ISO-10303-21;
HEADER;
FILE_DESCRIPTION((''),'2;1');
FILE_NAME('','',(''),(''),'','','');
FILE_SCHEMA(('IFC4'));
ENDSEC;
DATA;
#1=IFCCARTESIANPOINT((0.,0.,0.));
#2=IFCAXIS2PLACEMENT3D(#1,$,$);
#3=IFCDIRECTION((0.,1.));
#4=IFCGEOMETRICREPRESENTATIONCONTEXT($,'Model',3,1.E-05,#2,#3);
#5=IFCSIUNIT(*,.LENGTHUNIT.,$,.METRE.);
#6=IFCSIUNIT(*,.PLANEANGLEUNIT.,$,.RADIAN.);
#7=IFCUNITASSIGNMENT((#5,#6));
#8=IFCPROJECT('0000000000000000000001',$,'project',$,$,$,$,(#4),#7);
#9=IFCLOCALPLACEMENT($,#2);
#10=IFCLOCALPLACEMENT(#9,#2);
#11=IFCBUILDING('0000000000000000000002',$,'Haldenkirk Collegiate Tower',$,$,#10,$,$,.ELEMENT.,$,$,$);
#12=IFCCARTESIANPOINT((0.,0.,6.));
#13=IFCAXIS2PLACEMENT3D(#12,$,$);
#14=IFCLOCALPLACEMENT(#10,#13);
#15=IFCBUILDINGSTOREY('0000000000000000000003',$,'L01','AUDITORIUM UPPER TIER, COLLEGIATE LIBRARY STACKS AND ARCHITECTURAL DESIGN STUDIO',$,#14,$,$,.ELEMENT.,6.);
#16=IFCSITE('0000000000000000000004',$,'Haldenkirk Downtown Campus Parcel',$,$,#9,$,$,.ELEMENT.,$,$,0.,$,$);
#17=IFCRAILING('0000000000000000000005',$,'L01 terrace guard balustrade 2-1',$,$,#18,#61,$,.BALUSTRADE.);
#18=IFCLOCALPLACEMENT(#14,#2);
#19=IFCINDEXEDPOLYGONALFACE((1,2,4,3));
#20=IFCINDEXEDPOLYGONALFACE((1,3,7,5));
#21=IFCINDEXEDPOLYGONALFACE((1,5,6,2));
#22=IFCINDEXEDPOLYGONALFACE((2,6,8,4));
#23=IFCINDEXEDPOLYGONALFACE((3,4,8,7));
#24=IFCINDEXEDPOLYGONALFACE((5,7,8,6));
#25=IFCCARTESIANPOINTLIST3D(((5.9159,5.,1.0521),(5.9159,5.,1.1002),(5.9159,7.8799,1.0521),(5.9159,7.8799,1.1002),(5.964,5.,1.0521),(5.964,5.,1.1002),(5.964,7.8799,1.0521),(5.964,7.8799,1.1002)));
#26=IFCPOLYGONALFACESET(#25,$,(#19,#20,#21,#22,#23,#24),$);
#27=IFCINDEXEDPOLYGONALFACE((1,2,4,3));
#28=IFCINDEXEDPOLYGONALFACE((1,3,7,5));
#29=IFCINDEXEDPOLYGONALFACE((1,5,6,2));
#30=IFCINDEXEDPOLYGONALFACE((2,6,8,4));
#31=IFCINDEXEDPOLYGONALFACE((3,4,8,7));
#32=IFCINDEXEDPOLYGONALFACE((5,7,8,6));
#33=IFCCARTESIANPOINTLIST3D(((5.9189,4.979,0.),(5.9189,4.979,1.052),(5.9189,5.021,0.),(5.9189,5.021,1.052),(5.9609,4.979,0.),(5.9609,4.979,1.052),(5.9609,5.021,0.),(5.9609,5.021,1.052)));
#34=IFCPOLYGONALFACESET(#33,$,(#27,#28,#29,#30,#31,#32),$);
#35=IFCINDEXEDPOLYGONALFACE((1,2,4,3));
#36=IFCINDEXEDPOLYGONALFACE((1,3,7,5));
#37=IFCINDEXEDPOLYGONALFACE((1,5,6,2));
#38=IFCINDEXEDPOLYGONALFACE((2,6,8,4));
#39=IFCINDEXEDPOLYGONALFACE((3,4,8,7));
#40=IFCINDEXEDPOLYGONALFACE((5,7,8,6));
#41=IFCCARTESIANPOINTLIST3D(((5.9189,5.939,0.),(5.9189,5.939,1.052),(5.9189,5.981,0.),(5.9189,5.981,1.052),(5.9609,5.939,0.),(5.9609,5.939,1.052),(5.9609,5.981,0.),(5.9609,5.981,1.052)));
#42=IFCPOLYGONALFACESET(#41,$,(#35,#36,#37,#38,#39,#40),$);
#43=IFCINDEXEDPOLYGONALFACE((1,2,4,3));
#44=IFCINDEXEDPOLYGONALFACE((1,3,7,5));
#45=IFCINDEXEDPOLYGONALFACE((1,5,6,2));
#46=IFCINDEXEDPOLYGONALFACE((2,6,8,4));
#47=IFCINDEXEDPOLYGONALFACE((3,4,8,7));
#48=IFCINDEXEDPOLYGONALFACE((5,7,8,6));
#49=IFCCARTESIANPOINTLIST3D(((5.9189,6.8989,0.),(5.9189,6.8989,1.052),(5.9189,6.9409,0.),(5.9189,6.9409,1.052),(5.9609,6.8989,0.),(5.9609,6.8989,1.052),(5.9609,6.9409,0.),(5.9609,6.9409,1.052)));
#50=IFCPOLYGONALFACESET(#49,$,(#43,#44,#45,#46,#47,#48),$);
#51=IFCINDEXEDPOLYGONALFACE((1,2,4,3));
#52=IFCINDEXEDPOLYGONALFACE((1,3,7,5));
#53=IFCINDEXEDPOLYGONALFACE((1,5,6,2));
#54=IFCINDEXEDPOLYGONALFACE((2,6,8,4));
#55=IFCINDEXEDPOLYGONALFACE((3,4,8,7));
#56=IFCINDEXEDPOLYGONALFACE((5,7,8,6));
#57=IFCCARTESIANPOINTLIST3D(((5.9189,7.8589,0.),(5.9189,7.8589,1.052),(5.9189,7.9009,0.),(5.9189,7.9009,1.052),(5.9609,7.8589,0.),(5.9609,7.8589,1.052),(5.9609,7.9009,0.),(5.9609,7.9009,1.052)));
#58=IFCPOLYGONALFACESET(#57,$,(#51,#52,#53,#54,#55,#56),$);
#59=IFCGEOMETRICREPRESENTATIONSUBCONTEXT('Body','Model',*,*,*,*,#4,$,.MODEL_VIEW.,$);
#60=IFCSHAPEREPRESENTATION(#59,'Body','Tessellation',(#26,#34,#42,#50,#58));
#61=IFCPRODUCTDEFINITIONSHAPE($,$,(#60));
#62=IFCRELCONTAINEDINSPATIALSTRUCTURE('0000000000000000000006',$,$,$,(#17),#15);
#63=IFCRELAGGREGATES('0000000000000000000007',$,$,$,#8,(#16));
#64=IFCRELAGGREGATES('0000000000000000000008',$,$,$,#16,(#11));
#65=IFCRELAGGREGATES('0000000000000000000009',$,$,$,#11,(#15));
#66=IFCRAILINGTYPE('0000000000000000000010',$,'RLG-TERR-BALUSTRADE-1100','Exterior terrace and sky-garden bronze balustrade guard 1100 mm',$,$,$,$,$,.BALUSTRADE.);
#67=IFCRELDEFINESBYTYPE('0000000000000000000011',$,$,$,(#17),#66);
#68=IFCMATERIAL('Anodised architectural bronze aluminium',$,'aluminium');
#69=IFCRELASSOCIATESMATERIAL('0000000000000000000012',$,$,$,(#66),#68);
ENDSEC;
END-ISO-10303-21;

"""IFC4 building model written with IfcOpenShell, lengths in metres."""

from ifc_helpers import new_model, si_unit, direction, frame, origin, origin_2d, place, context, subcontext, project, spatial, rectangle, extrude, material, type_object, element, save


model = new_model("IFC4")

# Units and contexts
model_context = context("Model", 3, precision=1e-05, world=origin(), true_north=direction((0.0, 1.0)))
body_context = subcontext(model_context, "Body", "Model", "MODEL_VIEW")
ifc_project = project(units=[si_unit("LENGTHUNIT", "METRE"), si_unit("PLANEANGLEUNIT", "RADIAN")], contexts=[model_context])

# Site, building, storey
site_placement = place(None, origin())
site = spatial("IfcSite", under=ifc_project, at=site_placement, Name="Haldenkirk Downtown Campus Parcel", CompositionType="ELEMENT", RefElevation=0.0)
building_placement = place(site_placement, origin())
building = spatial("IfcBuilding", under=site, at=building_placement, Name="Haldenkirk Collegiate Tower", CompositionType="ELEMENT")
storey_placement = place(building_placement, frame((0.0, 0.0, 6.0)))
storey = spatial("IfcBuildingStorey", under=building, at=storey_placement, Name="L01", Description="AUDITORIUM UPPER TIER, COLLEGIATE LIBRARY STACKS AND ARCHITECTURAL DESIGN STUDIO", CompositionType="ELEMENT", Elevation=6.0)

# Shared definitions
ifc_material_1 = material(Name="Anodised architectural bronze aluminium", Category="aluminium")

# Railing
railing_type = type_object("IfcRailingType", Name="RLG-TERR-BALUSTRADE-1100", Description="Exterior terrace and sky-garden bronze balustrade guard 1100 mm", PredefinedType="BALUSTRADE", material=ifc_material_1)
railing_1_placement = place(storey_placement, frame((5.9399, 5.0, 0.0)))
element("IfcRailing", 1, at=railing_1_placement, inside=storey, type_object=railing_type, Name="L01 terrace guard balustrade 2-1", PredefinedType="BALUSTRADE", context=body_context, shape_type="SweptSolid", body=[
    extrude(rectangle(XDim=0.0481, YDim=0.0481, at=origin_2d()), frame((0.0, 0.0, 1.0762), z_axis=(0.0, 1.0, 0.0), x_axis=(-1.0, 0.0, 0.0)), (0.0, 0.0, 1.0), 2.8799),
    extrude(rectangle(XDim=0.042, YDim=0.042, at=origin_2d()), origin(), (0.0, 0.0, 1.0), 1.052),
    extrude(rectangle(XDim=0.042, YDim=0.042, at=origin_2d()), frame((0.0, 0.96, 0.0)), (0.0, 0.0, 1.0), 1.052),
    extrude(rectangle(XDim=0.042, YDim=0.042, at=origin_2d()), frame((0.0, 1.9199, 0.0)), (0.0, 0.0, 1.0), 1.052),
    extrude(rectangle(XDim=0.042, YDim=0.042, at=origin_2d()), frame((0.0, 2.8799, 0.0)), (0.0, 0.0, 1.0), 1.052),
])

save(model, "model.ifc")
